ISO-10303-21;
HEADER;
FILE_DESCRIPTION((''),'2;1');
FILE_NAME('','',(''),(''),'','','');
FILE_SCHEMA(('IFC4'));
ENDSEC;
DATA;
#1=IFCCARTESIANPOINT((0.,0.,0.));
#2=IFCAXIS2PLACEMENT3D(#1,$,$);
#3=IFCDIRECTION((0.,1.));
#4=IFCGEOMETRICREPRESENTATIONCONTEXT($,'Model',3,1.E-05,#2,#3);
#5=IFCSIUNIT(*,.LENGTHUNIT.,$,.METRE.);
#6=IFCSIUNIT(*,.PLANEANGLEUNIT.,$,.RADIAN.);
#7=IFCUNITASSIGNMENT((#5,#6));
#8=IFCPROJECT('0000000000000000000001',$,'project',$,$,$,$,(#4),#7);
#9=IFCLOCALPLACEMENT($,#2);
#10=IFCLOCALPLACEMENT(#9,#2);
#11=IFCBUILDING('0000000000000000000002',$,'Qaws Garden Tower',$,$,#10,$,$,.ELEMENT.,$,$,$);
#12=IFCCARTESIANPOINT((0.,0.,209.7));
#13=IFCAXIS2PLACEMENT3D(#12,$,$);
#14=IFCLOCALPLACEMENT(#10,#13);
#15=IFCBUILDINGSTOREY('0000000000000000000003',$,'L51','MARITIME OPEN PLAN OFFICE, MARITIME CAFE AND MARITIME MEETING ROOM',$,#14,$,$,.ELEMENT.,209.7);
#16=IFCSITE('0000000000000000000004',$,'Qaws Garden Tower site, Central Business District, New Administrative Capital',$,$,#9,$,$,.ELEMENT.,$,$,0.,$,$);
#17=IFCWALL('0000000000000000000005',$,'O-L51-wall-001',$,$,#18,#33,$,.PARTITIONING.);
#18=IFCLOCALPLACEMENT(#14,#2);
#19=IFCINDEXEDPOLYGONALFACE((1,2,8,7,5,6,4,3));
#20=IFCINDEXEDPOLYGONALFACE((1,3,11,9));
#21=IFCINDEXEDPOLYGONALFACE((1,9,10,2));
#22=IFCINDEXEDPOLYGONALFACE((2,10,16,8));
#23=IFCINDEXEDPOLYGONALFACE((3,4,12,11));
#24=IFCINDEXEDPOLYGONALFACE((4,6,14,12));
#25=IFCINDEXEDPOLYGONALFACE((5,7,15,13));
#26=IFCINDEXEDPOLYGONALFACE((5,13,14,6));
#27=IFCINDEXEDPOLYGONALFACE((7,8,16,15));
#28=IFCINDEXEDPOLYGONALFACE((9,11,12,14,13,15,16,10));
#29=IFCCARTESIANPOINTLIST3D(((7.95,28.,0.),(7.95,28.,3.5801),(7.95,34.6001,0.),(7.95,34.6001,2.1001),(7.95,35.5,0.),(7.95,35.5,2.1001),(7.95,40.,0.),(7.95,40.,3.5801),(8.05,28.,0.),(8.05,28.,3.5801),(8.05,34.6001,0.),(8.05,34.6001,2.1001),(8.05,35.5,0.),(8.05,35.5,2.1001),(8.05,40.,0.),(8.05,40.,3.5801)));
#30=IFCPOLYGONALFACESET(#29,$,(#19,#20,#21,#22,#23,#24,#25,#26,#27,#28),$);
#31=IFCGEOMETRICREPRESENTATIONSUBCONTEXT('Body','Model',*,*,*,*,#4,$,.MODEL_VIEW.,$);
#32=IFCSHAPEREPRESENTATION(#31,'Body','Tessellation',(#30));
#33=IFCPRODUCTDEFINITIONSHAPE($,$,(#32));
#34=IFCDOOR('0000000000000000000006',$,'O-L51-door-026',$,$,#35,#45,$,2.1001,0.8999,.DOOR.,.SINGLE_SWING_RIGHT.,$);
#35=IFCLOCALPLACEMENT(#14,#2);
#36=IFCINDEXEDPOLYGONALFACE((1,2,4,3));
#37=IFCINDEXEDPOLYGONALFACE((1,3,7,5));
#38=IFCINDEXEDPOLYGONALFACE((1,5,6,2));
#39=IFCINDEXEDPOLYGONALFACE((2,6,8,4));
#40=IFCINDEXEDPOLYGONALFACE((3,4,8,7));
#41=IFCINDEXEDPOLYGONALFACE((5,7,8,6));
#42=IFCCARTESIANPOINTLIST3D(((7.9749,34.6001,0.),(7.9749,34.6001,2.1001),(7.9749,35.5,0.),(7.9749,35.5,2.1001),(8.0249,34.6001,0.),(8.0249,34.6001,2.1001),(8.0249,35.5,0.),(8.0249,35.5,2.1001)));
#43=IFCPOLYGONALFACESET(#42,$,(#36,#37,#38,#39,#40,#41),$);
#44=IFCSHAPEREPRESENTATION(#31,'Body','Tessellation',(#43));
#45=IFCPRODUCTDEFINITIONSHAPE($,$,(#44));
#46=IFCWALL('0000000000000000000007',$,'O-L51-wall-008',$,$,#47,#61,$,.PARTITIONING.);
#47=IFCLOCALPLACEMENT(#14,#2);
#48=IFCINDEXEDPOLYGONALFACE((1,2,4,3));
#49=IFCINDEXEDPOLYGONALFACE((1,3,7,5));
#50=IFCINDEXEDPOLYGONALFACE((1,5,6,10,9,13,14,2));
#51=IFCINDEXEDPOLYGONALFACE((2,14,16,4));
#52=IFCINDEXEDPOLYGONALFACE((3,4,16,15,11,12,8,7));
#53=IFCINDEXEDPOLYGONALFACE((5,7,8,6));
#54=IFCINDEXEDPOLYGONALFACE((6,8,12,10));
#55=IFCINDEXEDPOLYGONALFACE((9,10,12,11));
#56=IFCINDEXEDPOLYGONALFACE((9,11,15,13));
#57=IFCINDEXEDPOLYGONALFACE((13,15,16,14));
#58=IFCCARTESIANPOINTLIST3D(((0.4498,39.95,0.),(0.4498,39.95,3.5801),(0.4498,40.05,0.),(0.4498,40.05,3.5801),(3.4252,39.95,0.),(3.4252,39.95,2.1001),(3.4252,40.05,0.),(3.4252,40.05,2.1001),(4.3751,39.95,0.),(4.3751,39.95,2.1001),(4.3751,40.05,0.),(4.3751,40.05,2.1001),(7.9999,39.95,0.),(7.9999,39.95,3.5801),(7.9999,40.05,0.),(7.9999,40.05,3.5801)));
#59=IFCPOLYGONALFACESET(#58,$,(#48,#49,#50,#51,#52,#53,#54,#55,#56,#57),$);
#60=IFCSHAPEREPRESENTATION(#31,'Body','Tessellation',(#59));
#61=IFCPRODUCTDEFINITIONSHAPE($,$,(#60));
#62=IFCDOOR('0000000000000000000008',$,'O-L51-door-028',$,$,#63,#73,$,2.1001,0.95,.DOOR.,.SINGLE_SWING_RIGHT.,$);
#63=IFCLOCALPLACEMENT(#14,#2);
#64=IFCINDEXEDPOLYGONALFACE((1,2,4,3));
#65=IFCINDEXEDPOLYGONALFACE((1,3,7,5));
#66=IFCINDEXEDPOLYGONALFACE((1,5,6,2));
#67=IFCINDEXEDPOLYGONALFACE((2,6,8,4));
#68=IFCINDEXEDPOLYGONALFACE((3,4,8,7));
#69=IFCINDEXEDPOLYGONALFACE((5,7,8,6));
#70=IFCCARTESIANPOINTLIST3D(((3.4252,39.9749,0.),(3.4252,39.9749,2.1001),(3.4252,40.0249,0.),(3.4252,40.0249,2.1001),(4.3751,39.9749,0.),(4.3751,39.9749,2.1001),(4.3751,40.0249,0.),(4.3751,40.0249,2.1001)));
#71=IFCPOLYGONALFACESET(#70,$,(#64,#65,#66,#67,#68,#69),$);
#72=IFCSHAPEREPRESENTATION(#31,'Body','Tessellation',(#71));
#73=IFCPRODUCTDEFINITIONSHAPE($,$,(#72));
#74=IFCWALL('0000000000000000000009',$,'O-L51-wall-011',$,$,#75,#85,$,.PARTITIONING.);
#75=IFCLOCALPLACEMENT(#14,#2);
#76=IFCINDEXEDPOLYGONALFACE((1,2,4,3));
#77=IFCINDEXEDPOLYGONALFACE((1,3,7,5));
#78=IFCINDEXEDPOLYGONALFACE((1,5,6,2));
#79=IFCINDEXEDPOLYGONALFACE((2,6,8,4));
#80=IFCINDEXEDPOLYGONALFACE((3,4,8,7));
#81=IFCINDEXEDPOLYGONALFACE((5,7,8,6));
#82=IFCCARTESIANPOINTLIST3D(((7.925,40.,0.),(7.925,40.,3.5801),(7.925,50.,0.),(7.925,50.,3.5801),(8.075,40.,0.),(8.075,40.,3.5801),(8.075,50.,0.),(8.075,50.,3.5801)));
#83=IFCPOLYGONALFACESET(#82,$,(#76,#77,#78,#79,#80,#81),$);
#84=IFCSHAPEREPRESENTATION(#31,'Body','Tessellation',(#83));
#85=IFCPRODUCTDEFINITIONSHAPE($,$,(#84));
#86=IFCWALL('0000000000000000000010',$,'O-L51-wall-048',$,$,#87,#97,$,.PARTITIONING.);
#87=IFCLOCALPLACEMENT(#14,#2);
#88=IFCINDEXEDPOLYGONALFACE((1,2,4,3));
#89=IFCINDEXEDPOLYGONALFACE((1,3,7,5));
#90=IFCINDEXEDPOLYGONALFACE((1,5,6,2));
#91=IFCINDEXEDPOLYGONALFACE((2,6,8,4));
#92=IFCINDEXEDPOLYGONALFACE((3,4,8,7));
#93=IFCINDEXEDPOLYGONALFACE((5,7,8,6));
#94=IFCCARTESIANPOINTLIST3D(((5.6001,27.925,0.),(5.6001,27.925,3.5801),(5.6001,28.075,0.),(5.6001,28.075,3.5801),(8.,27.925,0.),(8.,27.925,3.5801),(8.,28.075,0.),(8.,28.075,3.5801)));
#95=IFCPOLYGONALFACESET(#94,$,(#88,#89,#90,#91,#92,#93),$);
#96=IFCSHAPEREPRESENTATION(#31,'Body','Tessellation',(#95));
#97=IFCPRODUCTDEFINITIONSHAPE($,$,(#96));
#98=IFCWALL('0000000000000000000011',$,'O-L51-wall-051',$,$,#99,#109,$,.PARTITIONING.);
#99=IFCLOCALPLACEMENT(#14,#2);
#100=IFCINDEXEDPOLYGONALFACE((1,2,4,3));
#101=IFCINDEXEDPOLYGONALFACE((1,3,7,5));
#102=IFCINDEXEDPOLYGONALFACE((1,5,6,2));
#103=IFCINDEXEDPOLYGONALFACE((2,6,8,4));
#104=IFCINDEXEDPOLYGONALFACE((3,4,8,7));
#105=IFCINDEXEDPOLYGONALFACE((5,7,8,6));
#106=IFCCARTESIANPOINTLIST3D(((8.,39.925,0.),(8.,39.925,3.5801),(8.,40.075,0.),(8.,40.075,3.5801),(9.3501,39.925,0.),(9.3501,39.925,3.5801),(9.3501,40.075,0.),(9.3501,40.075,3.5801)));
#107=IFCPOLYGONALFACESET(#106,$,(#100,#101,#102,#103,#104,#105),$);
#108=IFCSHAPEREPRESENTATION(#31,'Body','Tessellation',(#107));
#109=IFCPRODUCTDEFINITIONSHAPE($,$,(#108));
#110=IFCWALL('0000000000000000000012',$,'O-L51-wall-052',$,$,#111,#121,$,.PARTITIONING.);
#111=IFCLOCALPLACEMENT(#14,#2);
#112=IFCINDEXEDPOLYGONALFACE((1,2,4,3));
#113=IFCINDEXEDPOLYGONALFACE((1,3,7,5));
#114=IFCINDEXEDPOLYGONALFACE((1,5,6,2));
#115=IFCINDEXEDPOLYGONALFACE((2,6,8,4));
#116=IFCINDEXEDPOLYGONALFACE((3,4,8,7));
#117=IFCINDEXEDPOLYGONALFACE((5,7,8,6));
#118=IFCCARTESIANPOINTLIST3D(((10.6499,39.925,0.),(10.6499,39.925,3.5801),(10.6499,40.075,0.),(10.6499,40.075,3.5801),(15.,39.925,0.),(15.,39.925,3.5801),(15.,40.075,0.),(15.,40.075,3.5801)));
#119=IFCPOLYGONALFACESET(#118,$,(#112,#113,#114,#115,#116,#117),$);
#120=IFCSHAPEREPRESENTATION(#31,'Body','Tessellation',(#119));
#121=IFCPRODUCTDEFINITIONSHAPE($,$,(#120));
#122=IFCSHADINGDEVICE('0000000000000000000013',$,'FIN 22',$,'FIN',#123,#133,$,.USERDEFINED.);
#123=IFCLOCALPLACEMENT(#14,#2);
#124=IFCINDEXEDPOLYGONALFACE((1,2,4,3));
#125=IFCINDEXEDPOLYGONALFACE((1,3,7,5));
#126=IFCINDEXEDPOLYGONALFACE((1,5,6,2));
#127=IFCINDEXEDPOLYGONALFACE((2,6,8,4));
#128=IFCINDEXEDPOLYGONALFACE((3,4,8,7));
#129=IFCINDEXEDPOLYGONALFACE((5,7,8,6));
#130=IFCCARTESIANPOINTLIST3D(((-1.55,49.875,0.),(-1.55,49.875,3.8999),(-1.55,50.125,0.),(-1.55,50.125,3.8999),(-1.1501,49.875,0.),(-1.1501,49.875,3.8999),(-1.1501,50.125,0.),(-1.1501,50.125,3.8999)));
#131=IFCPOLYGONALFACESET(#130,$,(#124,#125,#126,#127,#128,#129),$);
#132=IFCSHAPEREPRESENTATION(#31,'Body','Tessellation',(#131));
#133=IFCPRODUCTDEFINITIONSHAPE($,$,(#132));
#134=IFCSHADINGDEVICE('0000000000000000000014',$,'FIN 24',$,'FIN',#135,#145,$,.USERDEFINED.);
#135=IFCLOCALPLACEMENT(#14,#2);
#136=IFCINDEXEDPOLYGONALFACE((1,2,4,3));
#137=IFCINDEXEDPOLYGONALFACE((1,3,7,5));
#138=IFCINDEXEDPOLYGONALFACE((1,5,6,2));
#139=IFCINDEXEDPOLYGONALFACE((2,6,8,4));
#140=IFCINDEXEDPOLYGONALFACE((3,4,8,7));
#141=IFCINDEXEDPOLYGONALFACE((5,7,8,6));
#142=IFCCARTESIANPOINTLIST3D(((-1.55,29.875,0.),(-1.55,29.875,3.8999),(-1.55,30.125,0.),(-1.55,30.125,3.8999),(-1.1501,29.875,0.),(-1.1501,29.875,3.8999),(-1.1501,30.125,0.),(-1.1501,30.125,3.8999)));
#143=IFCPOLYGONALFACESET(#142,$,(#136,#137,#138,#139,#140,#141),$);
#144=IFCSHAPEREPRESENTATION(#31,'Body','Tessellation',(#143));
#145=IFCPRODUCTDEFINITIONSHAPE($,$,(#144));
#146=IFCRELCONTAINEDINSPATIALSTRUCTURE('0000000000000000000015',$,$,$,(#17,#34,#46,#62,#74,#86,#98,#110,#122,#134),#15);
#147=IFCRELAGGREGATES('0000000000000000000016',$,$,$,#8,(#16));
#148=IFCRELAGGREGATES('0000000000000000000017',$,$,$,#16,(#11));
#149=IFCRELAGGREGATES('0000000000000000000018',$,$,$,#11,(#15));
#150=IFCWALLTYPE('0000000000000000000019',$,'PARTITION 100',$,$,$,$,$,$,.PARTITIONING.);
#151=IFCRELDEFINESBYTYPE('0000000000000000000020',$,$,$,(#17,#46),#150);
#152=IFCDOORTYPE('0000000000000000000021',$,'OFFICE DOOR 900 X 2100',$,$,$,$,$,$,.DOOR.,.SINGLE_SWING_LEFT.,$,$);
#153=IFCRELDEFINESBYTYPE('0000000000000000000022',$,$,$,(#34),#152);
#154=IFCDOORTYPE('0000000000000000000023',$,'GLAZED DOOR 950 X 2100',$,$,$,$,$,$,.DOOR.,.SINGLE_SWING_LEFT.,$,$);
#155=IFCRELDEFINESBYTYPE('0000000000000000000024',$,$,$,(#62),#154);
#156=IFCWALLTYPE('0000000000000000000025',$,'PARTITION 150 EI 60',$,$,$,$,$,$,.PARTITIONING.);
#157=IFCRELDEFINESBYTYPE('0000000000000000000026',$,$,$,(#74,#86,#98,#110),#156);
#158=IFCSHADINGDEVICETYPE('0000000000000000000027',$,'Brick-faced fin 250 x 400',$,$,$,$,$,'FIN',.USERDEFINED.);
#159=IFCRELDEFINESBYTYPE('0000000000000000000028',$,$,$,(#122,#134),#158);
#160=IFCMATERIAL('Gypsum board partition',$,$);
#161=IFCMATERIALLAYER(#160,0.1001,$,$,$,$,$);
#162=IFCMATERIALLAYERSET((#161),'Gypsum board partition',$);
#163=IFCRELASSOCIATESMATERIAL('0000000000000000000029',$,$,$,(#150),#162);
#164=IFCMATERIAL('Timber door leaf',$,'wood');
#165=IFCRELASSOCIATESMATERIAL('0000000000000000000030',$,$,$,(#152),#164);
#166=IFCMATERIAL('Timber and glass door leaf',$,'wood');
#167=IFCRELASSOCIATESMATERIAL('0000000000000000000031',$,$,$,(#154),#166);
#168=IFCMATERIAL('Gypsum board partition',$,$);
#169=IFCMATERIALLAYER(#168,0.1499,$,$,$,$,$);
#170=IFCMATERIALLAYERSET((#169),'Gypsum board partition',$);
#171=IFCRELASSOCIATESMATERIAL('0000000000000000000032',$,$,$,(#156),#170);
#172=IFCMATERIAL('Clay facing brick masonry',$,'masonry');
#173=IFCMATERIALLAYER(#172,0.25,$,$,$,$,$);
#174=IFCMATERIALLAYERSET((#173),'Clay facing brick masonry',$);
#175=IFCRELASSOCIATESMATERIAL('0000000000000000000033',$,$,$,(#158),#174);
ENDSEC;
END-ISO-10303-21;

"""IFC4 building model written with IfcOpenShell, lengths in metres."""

from ifc_helpers import new_model, si_unit, direction, frame, frame_2d, origin, origin_2d, place, context, subcontext, project, spatial, rectangle, extrude, material, layer, layer_set, type_object, element, fill, save


model = new_model("IFC4")

# Units and contexts
model_context = context("Model", 3, precision=1e-05, world=origin(), true_north=direction((0.0, 1.0)))
body_context = subcontext(model_context, "Body", "Model", "MODEL_VIEW")
ifc_project = project(units=[si_unit("LENGTHUNIT", "METRE"), si_unit("PLANEANGLEUNIT", "RADIAN")], contexts=[model_context])

# Site, building, storey
site_placement = place(None, origin())
site = spatial("IfcSite", under=ifc_project, at=site_placement, Name="Qaws Garden Tower site, Central Business District, New Administrative Capital", CompositionType="ELEMENT", RefElevation=0.0)
building_placement = place(site_placement, origin())
building = spatial("IfcBuilding", under=site, at=building_placement, Name="Qaws Garden Tower", CompositionType="ELEMENT")
storey_placement = place(building_placement, frame((0.0, 0.0, 209.7)))
storey = spatial("IfcBuildingStorey", under=building, at=storey_placement, Name="L51", Description="MARITIME OPEN PLAN OFFICE, MARITIME CAFE AND MARITIME MEETING ROOM", CompositionType="ELEMENT", Elevation=209.7)

# Walls, openings, doors
ifc_material_1 = material(Name="Gypsum board partition")
ifc_layer_1 = layer(ifc_material_1, 0.1001)
ifc_layer_set_1 = layer_set([ifc_layer_1], Name="Gypsum board partition")
wall_type_1 = type_object("IfcWallType", Name="PARTITION 100", PredefinedType="PARTITIONING", material=ifc_layer_set_1)
wall_1_placement = place(storey_placement, frame((8.0, 28.0, 0.0), z_axis=(0.0, 0.0, 1.0), x_axis=(0.0, 1.0, 0.0)))
wall_1 = element("IfcWall", 1, at=wall_1_placement, inside=storey, type_object=wall_type_1, Name="O-L51-wall-001", PredefinedType="PARTITIONING", context=body_context, shape_type="SweptSolid", body=[
    extrude(rectangle(XDim=12.0, YDim=0.1001, at=frame_2d((6.0, 0.0))), origin(), (0.0, 0.0, 1.0), 3.5801),
])
opening_1_placement = place(wall_1_placement, frame((6.6001, 0.0, 0.0)))
opening_1 = element("IfcOpeningElement", 2, at=opening_1_placement, cuts=wall_1, PredefinedType="OPENING", context=body_context, shape_type="SweptSolid", body=[
    extrude(rectangle(XDim=0.8999, YDim=2.1001, at=frame_2d((0.45, 1.05))), frame((0.0, 0.0601, 0.0), z_axis=(0.0, -1.0, 0.0), x_axis=(1.0, 0.0, 0.0)), (0.0, 0.0, 1.0), 0.1201),
])
ifc_material_2 = material(Name="Timber door leaf", Category="wood")
door_type_1 = type_object("IfcDoorType", Name="OFFICE DOOR 900 X 2100", OperationType="SINGLE_SWING_LEFT", PredefinedType="DOOR", material=ifc_material_2)
door_1_placement = place(opening_1_placement, frame((0.8999, 0.0, 0.0), z_axis=(0.0, 0.0, 1.0), x_axis=(-1.0, 0.0, 0.0)))
door_1 = element("IfcDoor", 3, at=door_1_placement, inside=storey, type_object=door_type_1, Name="O-L51-door-026", OperationType="SINGLE_SWING_RIGHT", OverallHeight=2.1001, OverallWidth=0.8999, PredefinedType="DOOR", context=body_context, shape_type="SweptSolid", body=[
    extrude(rectangle(XDim=0.8999, YDim=2.1001, at=frame_2d((0.45, 1.05))), frame((0.0, 0.0249, 0.0), z_axis=(0.0, -1.0, 0.0), x_axis=(1.0, 0.0, 0.0)), (0.0, 0.0, 1.0), 0.05),
])
fill(opening_1, door_1)
wall_2_placement = place(storey_placement, frame((0.45, 40.0, 0.0), z_axis=(0.0, 0.0, 1.0), x_axis=(1.0, 0.0, 0.0)))
wall_2 = element("IfcWall", 4, at=wall_2_placement, inside=storey, type_object=wall_type_1, Name="O-L51-wall-008", PredefinedType="PARTITIONING", context=body_context, shape_type="SweptSolid", body=[
    extrude(rectangle(XDim=7.55, YDim=0.1001, at=frame_2d((3.7749, 0.0))), origin(), (0.0, 0.0, 1.0), 3.5801),
])
opening_2_placement = place(wall_2_placement, frame((2.9751, 0.0, 0.0)))
opening_2 = element("IfcOpeningElement", 5, at=opening_2_placement, cuts=wall_2, PredefinedType="OPENING", context=body_context, shape_type="SweptSolid", body=[
    extrude(rectangle(XDim=0.95, YDim=2.1001, at=frame_2d((0.4751, 1.05))), frame((0.0, 0.0601, 0.0), z_axis=(0.0, -1.0, 0.0), x_axis=(1.0, 0.0, 0.0)), (0.0, 0.0, 1.0), 0.1201),
])
ifc_material_3 = material(Name="Timber and glass door leaf", Category="wood")
door_type_2 = type_object("IfcDoorType", Name="GLAZED DOOR 950 X 2100", OperationType="SINGLE_SWING_LEFT", PredefinedType="DOOR", material=ifc_material_3)
door_2_placement = place(opening_2_placement, origin())
door_2 = element("IfcDoor", 6, at=door_2_placement, inside=storey, type_object=door_type_2, Name="O-L51-door-028", OperationType="SINGLE_SWING_RIGHT", OverallHeight=2.1001, OverallWidth=0.95, PredefinedType="DOOR", context=body_context, shape_type="SweptSolid", body=[
    extrude(rectangle(XDim=0.95, YDim=2.1001, at=frame_2d((0.4751, 1.05))), frame((0.0, 0.0249, 0.0), z_axis=(0.0, -1.0, 0.0), x_axis=(1.0, 0.0, 0.0)), (0.0, 0.0, 1.0), 0.05),
])
fill(opening_2, door_2)

# Walls
ifc_material_4 = material(Name="Gypsum board partition")
ifc_layer_2 = layer(ifc_material_4, 0.1499)
ifc_layer_set_2 = layer_set([ifc_layer_2], Name="Gypsum board partition")
wall_type_2 = type_object("IfcWallType", Name="PARTITION 150 EI 60", PredefinedType="PARTITIONING", material=ifc_layer_set_2)
wall_3_placement = place(storey_placement, frame((8.0, 40.0, 0.0), z_axis=(0.0, 0.0, 1.0), x_axis=(0.0, 1.0, 0.0)))
element("IfcWall", 7, at=wall_3_placement, inside=storey, type_object=wall_type_2, Name="O-L51-wall-011", PredefinedType="PARTITIONING", context=body_context, shape_type="SweptSolid", body=[
    extrude(rectangle(XDim=10.0, YDim=0.1499, at=frame_2d((5.0, 0.0))), origin(), (0.0, 0.0, 1.0), 3.5801),
])
wall_4_placement = place(storey_placement, frame((5.6001, 28.0, 0.0), z_axis=(0.0, 0.0, 1.0), x_axis=(1.0, 0.0, 0.0)))
element("IfcWall", 8, at=wall_4_placement, inside=storey, type_object=wall_type_2, Name="O-L51-wall-048", PredefinedType="PARTITIONING", context=body_context, shape_type="SweptSolid", body=[
    extrude(rectangle(XDim=2.3999, YDim=0.1499, at=frame_2d((1.2, 0.0))), origin(), (0.0, 0.0, 1.0), 3.5801),
])
wall_5_placement = place(storey_placement, frame((8.0, 40.0, 0.0), z_axis=(0.0, 0.0, 1.0), x_axis=(1.0, 0.0, 0.0)))
element("IfcWall", 9, at=wall_5_placement, inside=storey, type_object=wall_type_2, Name="O-L51-wall-051", PredefinedType="PARTITIONING", context=body_context, shape_type="SweptSolid", body=[
    extrude(rectangle(XDim=1.3501, YDim=0.1499, at=frame_2d((0.675, 0.0))), origin(), (0.0, 0.0, 1.0), 3.5801),
])
wall_6_placement = place(storey_placement, frame((10.6499, 40.0, 0.0), z_axis=(0.0, 0.0, 1.0), x_axis=(1.0, 0.0, 0.0)))
element("IfcWall", 10, at=wall_6_placement, inside=storey, type_object=wall_type_2, Name="O-L51-wall-052", PredefinedType="PARTITIONING", context=body_context, shape_type="SweptSolid", body=[
    extrude(rectangle(XDim=4.3501, YDim=0.1499, at=frame_2d((2.175, 0.0))), origin(), (0.0, 0.0, 1.0), 3.5801),
])

# Shading devices
ifc_material_5 = material(Name="Clay facing brick masonry", Category="masonry")
ifc_layer_3 = layer(ifc_material_5, 0.25)
ifc_layer_set_3 = layer_set([ifc_layer_3], Name="Clay facing brick masonry")
shading_device_type = type_object("IfcShadingDeviceType", Name="Brick-faced fin 250 x 400", ElementType="FIN", PredefinedType="USERDEFINED", material=ifc_layer_set_3)
for number, where, z_axis, x_axis, name in (
    (11, (-1.3501, 50.0, 0.0), (0.0, 0.0, 1.0), (0.0, -1.0, 0.0), "FIN 22"),
    (12, (-1.3501, 30.0, 0.0), (0.0, 0.0, 1.0), (0.0, -1.0, 0.0), "FIN 24"),
):
    element("IfcShadingDevice", number, at=place(storey_placement, frame(where, z_axis=z_axis, x_axis=x_axis)), inside=storey, type_object=shading_device_type, Name=name, ObjectType="FIN", PredefinedType="USERDEFINED", context=body_context, shape_type="SweptSolid", body=[
        extrude(rectangle(XDim=0.25, YDim=0.3999, at=origin_2d()), origin(), (0.0, 0.0, 1.0), 3.8999),
    ])

save(model, "model.ifc")
